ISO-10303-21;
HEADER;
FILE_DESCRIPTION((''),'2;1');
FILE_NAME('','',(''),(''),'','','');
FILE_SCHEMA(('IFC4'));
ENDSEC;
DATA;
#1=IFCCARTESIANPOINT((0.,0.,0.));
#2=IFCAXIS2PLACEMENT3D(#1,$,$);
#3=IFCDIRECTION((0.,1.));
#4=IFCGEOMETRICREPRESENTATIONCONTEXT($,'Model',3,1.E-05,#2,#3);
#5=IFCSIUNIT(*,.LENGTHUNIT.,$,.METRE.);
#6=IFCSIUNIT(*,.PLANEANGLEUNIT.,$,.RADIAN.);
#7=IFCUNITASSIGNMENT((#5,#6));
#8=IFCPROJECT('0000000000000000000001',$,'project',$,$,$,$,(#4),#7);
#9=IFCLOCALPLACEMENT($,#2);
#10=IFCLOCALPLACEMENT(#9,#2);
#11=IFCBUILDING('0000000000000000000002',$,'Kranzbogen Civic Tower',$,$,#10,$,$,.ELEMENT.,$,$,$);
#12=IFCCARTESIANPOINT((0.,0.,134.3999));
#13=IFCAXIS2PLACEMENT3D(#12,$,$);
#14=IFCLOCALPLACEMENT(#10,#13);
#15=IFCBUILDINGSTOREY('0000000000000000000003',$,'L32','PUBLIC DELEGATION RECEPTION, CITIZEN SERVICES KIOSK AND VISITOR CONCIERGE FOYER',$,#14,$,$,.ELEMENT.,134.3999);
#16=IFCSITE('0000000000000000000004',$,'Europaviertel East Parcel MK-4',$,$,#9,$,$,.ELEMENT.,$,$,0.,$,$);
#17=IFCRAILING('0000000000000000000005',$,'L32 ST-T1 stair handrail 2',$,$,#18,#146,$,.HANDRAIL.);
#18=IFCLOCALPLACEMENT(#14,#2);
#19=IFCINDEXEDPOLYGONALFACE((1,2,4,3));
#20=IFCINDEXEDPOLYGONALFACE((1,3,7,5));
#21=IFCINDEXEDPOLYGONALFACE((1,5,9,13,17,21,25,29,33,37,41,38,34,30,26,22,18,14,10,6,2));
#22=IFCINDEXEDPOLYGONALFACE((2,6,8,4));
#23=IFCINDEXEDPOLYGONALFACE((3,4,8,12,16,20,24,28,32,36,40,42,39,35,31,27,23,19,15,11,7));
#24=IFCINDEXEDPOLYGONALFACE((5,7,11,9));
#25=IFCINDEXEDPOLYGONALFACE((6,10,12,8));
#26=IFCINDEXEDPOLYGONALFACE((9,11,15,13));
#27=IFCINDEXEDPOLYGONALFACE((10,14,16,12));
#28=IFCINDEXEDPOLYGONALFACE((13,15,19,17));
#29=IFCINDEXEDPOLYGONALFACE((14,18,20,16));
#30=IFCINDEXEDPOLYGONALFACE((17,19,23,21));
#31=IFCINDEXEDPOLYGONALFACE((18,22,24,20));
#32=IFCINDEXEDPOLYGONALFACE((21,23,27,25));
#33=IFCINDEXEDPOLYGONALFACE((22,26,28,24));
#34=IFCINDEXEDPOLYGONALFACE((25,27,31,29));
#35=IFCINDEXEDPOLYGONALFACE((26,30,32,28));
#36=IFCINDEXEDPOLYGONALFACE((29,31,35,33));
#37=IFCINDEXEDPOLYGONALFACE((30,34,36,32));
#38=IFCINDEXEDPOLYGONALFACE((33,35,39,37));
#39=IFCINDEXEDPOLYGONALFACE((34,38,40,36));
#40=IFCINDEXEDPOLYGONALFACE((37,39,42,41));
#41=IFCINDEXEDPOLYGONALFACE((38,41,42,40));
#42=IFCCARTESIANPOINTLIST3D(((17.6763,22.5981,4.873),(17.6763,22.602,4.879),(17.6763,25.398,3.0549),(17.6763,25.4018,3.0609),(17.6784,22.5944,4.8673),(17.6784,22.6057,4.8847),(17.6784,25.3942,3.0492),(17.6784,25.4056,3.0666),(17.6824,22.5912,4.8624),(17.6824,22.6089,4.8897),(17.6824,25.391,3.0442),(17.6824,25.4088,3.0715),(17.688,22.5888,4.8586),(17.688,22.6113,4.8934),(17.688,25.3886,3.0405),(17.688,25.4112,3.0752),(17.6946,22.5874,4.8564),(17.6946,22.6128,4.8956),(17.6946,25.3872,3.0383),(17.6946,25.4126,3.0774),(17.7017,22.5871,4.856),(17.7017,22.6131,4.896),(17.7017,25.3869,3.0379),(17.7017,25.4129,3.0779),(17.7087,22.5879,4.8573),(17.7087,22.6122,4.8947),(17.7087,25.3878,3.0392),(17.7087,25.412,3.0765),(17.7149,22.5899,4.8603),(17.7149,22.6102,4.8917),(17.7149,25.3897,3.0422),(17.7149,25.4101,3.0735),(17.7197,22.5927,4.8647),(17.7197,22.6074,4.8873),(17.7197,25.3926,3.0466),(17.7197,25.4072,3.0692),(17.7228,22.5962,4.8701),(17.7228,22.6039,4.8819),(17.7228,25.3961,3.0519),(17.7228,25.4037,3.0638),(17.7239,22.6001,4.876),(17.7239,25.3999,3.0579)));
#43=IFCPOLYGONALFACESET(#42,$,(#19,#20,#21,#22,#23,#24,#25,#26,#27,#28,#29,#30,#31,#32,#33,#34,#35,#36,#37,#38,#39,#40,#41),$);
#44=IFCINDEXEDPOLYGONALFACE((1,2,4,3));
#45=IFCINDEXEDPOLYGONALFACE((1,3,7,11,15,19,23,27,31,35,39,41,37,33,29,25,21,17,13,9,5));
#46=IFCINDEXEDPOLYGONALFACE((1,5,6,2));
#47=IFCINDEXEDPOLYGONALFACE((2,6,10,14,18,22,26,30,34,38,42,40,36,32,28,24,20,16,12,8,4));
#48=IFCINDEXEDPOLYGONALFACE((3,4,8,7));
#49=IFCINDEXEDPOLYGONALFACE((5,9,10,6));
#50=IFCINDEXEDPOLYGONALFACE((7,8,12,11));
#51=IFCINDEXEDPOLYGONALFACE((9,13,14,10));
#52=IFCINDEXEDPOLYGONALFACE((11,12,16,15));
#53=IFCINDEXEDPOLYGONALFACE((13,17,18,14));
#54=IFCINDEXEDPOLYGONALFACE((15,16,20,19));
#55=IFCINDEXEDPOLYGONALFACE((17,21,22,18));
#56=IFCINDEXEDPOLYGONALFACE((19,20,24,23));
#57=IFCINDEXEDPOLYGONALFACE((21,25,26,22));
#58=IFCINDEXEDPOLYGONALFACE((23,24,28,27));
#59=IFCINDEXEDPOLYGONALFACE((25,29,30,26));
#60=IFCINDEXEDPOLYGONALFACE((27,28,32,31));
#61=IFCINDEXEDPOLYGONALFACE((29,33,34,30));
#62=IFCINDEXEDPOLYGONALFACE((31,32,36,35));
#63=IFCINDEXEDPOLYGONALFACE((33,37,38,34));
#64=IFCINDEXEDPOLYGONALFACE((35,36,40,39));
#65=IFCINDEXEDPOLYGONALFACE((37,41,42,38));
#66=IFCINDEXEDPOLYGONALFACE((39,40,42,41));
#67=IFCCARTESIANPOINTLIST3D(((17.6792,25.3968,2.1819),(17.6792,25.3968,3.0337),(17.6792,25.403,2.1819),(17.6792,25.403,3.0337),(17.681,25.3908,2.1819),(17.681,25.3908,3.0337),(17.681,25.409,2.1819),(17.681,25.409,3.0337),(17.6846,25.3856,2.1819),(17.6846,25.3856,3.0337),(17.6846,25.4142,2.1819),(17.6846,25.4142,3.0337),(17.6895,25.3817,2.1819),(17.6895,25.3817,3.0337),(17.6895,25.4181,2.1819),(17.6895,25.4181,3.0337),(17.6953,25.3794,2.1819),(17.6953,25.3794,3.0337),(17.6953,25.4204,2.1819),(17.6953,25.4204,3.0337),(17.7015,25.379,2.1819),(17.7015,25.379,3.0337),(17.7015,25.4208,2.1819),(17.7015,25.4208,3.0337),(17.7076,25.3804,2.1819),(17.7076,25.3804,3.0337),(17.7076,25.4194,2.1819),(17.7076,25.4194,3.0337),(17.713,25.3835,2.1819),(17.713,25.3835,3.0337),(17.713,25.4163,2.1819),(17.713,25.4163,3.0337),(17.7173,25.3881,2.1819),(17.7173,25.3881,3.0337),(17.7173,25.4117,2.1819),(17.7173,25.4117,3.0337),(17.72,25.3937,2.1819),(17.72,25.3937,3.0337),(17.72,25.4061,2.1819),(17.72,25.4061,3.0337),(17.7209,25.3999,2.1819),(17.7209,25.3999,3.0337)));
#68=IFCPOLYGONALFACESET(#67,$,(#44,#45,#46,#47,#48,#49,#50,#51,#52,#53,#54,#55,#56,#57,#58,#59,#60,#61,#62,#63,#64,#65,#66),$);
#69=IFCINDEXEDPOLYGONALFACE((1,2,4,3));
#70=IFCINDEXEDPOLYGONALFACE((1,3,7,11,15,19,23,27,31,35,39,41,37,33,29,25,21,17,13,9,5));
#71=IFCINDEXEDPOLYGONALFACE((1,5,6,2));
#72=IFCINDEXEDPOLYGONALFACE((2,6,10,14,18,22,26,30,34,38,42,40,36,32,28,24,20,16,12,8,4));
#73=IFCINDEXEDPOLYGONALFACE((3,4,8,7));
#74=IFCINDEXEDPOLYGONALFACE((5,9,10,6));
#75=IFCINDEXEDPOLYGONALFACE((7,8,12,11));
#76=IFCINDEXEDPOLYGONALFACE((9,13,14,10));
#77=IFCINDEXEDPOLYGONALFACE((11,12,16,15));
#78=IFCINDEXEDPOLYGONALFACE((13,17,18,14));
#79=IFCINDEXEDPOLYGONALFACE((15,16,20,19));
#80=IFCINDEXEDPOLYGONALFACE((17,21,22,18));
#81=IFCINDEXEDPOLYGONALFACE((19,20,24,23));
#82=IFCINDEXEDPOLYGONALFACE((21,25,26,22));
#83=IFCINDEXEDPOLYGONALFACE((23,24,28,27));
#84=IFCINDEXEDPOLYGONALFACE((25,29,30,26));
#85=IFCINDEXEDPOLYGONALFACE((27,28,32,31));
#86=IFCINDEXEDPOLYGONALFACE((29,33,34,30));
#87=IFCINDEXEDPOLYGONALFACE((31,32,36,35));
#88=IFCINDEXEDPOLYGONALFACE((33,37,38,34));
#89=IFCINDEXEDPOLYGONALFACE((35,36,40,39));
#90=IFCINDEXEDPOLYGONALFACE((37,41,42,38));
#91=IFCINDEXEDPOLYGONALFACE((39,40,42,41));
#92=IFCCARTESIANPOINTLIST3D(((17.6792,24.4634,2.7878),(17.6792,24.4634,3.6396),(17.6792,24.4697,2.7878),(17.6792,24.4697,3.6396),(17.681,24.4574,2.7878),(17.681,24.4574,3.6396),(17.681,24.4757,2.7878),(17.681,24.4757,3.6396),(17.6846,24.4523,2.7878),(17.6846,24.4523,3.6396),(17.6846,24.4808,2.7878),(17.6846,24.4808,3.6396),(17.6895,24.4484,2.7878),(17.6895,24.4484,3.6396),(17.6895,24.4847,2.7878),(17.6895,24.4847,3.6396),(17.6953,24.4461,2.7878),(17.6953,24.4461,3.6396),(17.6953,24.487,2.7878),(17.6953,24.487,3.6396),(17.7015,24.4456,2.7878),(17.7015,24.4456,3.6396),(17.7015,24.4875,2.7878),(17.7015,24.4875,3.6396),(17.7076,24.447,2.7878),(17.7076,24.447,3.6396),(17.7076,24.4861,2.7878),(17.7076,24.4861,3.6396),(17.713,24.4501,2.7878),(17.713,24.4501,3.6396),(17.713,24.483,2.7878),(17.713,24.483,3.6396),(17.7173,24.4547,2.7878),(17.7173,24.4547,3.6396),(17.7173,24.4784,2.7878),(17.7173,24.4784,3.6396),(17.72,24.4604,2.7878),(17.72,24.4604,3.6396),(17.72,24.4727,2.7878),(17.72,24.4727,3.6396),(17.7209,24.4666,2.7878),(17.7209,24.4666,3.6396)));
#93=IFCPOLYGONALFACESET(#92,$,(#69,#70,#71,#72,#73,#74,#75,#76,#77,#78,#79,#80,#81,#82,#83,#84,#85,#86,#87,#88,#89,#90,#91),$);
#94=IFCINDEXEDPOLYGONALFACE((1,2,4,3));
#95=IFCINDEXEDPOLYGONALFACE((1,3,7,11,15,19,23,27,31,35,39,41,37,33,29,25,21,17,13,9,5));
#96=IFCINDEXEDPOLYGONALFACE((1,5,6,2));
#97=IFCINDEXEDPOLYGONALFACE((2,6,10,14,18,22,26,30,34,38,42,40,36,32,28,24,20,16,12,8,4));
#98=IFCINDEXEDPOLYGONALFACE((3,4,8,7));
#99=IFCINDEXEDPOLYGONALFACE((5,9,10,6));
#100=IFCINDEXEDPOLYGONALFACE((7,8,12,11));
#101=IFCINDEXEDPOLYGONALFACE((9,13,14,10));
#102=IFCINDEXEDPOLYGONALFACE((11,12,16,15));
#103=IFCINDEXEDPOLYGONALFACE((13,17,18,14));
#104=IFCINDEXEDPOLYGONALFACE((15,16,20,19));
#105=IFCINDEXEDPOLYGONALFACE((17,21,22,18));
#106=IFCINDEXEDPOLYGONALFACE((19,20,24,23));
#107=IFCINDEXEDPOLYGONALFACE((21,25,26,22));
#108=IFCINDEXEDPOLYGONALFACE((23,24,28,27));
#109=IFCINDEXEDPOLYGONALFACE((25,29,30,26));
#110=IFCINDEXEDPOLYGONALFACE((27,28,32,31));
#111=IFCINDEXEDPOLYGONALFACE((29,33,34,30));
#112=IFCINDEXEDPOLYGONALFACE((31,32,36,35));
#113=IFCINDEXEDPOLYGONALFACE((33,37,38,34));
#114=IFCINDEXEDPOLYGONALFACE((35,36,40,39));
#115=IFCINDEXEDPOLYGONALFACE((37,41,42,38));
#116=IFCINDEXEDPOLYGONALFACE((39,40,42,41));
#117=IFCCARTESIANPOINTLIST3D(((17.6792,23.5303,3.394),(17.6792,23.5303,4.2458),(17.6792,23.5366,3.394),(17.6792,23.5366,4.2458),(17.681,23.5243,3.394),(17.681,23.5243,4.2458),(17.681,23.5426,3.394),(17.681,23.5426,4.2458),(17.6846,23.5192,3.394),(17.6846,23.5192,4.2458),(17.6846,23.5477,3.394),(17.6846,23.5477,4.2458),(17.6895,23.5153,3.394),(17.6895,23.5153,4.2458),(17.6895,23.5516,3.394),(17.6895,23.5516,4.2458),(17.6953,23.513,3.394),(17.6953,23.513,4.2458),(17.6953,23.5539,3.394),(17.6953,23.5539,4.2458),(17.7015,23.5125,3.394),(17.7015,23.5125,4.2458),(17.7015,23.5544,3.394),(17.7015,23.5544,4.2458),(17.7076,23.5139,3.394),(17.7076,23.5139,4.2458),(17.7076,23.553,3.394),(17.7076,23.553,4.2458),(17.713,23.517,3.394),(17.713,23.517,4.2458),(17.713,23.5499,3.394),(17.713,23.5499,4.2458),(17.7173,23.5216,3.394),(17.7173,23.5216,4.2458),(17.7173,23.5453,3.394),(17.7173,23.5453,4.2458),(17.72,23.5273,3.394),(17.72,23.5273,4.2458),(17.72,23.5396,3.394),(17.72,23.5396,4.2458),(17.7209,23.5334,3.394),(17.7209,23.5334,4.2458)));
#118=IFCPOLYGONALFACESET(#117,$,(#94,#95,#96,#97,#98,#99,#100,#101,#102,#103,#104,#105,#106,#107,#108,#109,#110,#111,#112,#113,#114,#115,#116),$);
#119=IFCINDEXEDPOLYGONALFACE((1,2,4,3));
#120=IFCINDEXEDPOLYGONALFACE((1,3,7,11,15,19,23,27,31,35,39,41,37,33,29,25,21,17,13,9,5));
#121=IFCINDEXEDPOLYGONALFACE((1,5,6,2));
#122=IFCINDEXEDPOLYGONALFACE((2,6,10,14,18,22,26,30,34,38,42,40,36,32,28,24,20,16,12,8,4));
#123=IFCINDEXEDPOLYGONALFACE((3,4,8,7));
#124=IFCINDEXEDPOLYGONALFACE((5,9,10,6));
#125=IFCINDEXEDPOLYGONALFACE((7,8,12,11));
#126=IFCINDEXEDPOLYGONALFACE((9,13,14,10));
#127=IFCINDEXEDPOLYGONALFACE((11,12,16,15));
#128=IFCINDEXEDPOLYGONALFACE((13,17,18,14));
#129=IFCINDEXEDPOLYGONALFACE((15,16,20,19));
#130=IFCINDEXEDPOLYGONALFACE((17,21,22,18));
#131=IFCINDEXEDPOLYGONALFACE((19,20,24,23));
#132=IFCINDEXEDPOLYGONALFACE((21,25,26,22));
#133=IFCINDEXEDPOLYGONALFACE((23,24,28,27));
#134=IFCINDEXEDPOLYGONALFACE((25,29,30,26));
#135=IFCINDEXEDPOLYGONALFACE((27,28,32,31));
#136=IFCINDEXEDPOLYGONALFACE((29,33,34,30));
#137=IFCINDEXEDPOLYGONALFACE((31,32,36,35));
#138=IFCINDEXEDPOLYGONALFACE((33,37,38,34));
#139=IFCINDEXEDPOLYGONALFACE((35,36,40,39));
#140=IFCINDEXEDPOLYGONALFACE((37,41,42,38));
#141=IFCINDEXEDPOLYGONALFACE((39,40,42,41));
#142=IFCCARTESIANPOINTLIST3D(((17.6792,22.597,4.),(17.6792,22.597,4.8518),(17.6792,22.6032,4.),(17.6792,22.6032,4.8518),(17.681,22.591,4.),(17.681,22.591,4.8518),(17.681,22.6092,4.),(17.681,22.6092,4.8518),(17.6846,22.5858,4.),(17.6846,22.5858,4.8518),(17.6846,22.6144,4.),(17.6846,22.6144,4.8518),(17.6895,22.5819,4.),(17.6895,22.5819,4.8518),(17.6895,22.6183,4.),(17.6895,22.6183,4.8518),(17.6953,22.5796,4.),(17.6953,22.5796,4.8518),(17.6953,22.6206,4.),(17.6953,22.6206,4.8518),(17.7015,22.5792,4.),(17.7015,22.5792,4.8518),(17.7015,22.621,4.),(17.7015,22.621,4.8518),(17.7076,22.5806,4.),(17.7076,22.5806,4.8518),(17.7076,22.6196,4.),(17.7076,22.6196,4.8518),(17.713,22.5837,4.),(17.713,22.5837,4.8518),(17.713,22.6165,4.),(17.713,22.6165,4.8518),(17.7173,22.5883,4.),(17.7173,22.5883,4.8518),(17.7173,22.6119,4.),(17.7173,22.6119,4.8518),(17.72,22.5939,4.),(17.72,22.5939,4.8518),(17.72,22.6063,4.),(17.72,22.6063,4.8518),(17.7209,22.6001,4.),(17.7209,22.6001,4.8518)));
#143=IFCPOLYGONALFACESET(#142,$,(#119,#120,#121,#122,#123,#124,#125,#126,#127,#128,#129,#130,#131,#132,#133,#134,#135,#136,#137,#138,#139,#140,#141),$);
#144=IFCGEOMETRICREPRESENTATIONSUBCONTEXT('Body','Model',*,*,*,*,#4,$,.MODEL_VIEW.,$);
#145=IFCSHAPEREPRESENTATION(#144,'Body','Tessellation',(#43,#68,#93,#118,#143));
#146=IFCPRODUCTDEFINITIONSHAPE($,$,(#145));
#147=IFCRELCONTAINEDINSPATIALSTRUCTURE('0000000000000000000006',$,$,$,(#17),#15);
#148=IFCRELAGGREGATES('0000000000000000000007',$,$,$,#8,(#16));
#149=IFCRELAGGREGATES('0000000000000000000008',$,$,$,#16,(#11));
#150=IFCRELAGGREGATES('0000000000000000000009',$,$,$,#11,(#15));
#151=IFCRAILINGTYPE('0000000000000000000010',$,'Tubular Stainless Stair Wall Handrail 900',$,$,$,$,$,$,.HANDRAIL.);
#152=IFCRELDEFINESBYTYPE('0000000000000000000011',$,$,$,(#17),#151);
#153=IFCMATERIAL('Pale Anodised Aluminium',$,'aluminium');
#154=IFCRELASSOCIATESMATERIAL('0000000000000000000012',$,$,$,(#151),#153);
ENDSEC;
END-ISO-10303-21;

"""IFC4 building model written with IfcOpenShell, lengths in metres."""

from ifc_helpers import new_model, si_unit, direction, frame, origin, origin_2d, place, context, subcontext, project, spatial, circle, extrude, material, type_object, element, save


model = new_model("IFC4")

# Units and contexts
model_context = context("Model", 3, precision=1e-05, world=origin(), true_north=direction((0.0, 1.0)))
body_context = subcontext(model_context, "Body", "Model", "MODEL_VIEW")
ifc_project = project(units=[si_unit("LENGTHUNIT", "METRE"), si_unit("PLANEANGLEUNIT", "RADIAN")], contexts=[model_context])

# Site, building, storey
site_placement = place(None, origin())
site = spatial("IfcSite", under=ifc_project, at=site_placement, Name="Europaviertel East Parcel MK-4", CompositionType="ELEMENT", RefElevation=0.0)
building_placement = place(site_placement, origin())
building = spatial("IfcBuilding", under=site, at=building_placement, Name="Kranzbogen Civic Tower", CompositionType="ELEMENT")
storey_placement = place(building_placement, frame((0.0, 0.0, 134.3999)))
storey = spatial("IfcBuildingStorey", under=building, at=storey_placement, Name="L32", Description="PUBLIC DELEGATION RECEPTION, CITIZEN SERVICES KIOSK AND VISITOR CONCIERGE FOYER", CompositionType="ELEMENT", Elevation=134.3999)

# Railing
ifc_material_1 = material(Name="Pale Anodised Aluminium", Category="aluminium")
railing_type_1 = type_object("IfcRailingType", Name="Tubular Stainless Stair Wall Handrail 900", PredefinedType="HANDRAIL", material=ifc_material_1)
railing_1_placement = place(storey_placement, frame((17.7, 25.3999, 2.1819)))
element("IfcRailing", 1, at=railing_1_placement, inside=storey, type_object=railing_type_1, Name="L32 ST-T1 stair handrail 2", PredefinedType="HANDRAIL", context=body_context, shape_type="SweptSolid", body=[
    extrude(circle(Radius=0.0239, at=origin_2d()), frame((0.0, 0.0, 0.876), z_axis=(0.0, -0.838684, 0.544618), x_axis=(1.0, 0.0, 0.0)), (0.0, 0.0, 1.0), 3.3384),
    extrude(circle(Radius=0.021, at=origin_2d()), origin(), (0.0, 0.0, 1.0), 0.8518),
    extrude(circle(Radius=0.021, at=origin_2d()), frame((0.0, -0.9333, 0.606)), (0.0, 0.0, 1.0), 0.8518),
    extrude(circle(Radius=0.021, at=origin_2d()), frame((0.0, -1.8665, 1.2122)), (0.0, 0.0, 1.0), 0.8518),
    extrude(circle(Radius=0.021, at=origin_2d()), frame((0.0, -2.7998, 1.8181)), (0.0, 0.0, 1.0), 0.8518),
])

save(model, "model.ifc")
